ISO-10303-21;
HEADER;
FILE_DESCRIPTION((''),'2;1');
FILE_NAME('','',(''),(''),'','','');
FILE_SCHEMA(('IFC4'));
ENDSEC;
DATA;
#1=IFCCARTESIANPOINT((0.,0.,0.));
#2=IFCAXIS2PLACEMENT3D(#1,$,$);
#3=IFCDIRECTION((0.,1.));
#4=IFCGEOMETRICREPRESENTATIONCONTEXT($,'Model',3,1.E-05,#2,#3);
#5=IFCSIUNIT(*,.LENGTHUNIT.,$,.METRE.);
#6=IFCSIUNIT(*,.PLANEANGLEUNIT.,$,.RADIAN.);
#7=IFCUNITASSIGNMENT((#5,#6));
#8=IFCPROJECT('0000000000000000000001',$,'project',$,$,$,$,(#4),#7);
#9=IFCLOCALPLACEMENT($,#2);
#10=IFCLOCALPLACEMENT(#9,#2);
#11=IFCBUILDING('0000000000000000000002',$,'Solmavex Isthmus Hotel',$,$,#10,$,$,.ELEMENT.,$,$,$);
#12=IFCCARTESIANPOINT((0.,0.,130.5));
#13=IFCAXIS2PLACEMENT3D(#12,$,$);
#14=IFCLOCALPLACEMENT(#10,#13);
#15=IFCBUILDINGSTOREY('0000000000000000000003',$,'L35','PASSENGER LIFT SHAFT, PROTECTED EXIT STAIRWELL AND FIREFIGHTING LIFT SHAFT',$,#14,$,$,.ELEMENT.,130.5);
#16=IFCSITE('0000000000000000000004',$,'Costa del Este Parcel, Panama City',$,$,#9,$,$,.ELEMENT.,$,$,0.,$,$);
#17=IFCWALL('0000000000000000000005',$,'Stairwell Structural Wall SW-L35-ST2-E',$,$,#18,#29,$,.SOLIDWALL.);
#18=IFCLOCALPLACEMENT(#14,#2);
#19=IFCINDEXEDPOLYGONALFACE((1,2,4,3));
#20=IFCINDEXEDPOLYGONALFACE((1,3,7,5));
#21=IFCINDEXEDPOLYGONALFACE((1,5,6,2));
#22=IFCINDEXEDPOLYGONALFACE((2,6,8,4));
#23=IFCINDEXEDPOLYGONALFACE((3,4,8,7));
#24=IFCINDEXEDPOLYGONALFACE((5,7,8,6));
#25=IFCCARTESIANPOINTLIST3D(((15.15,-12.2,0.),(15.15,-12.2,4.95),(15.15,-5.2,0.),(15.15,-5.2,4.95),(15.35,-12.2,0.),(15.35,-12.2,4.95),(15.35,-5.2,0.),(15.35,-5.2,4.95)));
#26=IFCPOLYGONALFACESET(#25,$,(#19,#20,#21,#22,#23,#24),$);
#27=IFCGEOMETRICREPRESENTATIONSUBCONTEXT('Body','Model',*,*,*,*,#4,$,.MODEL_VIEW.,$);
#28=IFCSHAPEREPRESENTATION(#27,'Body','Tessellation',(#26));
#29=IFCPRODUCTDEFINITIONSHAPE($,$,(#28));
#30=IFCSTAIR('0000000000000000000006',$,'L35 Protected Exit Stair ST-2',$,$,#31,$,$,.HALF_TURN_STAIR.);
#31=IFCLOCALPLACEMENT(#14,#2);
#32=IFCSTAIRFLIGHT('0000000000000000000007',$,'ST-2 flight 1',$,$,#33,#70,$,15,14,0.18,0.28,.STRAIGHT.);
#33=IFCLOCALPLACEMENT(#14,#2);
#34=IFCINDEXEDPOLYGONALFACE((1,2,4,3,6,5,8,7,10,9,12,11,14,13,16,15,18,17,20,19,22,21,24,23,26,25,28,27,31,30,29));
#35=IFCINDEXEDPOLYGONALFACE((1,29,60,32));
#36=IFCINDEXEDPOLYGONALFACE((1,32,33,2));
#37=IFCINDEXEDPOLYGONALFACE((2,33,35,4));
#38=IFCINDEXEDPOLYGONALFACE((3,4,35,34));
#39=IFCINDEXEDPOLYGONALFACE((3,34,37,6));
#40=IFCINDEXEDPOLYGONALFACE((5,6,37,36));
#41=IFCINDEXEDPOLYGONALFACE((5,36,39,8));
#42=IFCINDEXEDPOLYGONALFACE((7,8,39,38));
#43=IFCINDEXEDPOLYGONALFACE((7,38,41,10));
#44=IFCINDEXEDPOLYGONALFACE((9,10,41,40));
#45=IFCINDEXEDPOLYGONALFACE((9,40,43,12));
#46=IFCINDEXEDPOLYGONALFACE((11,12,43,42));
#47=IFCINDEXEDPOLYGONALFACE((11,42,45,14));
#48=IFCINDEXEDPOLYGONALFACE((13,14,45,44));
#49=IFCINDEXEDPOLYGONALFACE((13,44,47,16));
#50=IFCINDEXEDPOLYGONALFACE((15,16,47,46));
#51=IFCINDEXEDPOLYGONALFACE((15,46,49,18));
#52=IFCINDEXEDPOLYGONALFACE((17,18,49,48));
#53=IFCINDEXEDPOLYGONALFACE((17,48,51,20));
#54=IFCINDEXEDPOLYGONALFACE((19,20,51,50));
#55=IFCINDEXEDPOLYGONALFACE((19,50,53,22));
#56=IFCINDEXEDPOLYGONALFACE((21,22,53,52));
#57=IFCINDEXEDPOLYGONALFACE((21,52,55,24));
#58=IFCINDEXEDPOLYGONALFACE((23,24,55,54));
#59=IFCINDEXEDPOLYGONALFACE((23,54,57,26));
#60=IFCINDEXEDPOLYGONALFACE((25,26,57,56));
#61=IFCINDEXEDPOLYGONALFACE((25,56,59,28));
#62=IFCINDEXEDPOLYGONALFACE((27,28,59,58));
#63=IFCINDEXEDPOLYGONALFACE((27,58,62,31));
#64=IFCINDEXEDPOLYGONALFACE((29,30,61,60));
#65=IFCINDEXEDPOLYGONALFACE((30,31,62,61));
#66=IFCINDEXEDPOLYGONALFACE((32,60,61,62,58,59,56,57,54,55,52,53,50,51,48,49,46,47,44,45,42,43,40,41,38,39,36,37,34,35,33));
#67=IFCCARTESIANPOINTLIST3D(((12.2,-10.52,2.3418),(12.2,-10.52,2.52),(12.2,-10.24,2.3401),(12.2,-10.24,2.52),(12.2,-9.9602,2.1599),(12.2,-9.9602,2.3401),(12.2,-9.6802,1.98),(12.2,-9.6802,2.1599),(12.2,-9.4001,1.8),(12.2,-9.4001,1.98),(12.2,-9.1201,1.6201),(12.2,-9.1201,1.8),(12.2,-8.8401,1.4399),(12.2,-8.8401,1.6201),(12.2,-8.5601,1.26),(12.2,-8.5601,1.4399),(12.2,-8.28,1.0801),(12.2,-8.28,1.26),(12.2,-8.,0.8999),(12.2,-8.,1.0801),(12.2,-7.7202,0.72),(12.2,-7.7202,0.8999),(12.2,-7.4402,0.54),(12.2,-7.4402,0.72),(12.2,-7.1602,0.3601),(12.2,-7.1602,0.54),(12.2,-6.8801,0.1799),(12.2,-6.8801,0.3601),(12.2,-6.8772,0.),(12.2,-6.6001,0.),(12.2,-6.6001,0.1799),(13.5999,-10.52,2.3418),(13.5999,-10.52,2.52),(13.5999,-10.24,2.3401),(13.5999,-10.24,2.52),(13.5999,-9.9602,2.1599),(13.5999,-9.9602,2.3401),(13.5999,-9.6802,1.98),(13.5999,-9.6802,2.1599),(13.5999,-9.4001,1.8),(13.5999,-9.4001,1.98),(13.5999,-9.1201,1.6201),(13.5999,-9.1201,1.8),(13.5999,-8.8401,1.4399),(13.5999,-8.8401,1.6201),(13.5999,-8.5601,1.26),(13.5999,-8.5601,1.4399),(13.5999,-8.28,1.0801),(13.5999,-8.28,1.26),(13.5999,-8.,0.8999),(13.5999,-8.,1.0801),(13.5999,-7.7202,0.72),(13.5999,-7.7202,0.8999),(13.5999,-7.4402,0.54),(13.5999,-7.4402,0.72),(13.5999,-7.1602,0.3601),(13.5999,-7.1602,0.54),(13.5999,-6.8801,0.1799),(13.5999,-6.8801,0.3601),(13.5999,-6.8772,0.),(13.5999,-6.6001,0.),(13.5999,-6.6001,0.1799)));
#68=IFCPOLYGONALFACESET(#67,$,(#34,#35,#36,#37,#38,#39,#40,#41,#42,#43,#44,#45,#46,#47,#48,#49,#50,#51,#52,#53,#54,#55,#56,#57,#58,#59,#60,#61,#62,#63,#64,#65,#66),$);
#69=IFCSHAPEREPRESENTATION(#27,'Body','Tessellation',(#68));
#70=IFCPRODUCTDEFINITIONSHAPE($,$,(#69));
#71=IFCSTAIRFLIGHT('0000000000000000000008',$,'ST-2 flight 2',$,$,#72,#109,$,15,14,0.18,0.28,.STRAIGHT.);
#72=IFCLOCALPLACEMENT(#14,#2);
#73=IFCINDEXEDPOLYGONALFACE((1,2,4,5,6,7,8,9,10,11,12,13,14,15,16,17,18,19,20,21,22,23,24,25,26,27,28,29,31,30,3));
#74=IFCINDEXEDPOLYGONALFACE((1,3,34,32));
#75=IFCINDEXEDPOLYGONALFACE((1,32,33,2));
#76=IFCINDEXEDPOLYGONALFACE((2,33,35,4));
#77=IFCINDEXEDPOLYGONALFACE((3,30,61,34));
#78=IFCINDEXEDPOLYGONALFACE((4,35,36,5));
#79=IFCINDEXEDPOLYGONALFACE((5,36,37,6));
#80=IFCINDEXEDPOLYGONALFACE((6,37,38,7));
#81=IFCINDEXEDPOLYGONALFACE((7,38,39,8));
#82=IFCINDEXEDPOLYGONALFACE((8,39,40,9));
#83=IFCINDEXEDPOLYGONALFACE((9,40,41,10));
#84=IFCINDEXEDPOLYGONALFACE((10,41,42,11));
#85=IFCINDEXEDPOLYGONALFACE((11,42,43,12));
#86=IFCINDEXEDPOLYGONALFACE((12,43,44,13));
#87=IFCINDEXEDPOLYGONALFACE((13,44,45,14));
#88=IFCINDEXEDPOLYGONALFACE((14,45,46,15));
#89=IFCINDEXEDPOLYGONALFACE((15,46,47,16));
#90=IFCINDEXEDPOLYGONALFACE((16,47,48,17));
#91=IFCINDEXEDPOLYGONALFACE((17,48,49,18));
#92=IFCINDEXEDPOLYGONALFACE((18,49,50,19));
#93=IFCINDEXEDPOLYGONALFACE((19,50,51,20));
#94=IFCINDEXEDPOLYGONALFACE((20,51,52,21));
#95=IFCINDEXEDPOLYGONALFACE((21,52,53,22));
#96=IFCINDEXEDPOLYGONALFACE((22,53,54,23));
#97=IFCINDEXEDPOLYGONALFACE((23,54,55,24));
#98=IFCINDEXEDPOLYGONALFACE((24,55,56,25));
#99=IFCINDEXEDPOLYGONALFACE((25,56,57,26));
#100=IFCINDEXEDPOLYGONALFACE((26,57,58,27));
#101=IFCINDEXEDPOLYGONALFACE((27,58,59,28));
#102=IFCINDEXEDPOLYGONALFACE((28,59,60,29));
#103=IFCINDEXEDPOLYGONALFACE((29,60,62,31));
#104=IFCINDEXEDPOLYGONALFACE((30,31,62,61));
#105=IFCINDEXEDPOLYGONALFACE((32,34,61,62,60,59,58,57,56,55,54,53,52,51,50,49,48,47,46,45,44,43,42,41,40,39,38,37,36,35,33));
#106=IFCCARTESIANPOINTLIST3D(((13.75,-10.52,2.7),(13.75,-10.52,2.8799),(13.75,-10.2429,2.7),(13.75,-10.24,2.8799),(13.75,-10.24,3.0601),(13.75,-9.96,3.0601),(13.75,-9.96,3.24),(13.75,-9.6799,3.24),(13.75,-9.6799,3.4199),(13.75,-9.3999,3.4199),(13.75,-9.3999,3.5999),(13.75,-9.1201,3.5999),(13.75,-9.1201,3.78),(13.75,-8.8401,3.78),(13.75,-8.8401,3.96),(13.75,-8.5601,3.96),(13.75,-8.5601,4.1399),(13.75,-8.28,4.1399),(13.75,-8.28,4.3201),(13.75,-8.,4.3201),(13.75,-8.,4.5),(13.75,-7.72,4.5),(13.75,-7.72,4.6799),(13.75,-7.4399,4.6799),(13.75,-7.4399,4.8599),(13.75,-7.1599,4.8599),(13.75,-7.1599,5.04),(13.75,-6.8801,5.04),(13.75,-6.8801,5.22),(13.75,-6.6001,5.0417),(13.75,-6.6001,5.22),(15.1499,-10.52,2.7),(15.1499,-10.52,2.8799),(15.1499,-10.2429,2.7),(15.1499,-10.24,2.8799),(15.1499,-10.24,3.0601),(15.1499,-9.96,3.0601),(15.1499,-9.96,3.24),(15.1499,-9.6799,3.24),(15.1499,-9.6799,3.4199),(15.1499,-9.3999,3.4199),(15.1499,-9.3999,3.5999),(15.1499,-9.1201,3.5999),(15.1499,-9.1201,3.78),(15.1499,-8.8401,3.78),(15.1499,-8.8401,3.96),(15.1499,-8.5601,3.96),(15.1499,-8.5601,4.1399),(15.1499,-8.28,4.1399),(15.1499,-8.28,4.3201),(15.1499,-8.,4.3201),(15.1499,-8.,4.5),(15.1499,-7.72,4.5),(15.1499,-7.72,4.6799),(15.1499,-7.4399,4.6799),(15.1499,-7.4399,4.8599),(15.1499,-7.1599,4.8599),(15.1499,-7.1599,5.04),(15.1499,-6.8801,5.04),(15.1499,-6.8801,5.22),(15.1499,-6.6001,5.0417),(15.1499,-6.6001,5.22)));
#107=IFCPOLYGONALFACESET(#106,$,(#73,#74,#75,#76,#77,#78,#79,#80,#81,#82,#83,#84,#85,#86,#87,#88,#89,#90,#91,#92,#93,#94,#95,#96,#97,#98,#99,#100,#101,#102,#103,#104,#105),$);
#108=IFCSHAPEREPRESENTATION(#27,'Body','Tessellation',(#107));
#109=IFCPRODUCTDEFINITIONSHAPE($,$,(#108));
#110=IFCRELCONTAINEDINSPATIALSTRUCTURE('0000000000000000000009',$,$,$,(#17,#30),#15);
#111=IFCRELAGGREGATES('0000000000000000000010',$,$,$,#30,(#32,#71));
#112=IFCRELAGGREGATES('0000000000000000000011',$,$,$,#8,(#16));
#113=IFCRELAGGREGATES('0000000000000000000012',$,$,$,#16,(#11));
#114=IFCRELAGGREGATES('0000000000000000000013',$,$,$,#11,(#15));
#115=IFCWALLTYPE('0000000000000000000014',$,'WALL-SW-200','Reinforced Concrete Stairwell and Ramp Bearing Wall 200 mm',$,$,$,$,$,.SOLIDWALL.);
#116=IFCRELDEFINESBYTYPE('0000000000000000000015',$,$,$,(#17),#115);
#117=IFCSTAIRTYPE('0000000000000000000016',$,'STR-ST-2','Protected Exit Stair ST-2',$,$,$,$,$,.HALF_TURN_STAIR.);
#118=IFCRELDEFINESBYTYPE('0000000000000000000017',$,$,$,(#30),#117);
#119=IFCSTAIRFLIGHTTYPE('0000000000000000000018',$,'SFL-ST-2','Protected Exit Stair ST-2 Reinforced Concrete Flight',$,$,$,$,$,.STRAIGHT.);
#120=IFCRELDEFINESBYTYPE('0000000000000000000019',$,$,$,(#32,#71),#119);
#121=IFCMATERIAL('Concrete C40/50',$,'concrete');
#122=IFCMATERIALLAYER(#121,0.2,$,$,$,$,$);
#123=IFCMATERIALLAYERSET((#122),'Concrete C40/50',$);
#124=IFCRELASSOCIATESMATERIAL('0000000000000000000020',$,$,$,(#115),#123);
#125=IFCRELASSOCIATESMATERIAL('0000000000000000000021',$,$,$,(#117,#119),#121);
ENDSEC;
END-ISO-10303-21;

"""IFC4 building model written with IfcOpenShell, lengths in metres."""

from ifc_helpers import new_model, si_unit, direction, frame, frame_2d, origin, place, context, subcontext, project, spatial, polyline, rectangle, outline, extrude, material, layer, layer_set, type_object, element, aggregate, save


model = new_model("IFC4")

# Units and contexts
model_context = context("Model", 3, precision=1e-05, world=origin(), true_north=direction((0.0, 1.0)))
body_context = subcontext(model_context, "Body", "Model", "MODEL_VIEW")
ifc_project = project(units=[si_unit("LENGTHUNIT", "METRE"), si_unit("PLANEANGLEUNIT", "RADIAN")], contexts=[model_context])

# Site, building, storey
site_placement = place(None, origin())
site = spatial("IfcSite", under=ifc_project, at=site_placement, Name="Costa del Este Parcel, Panama City", CompositionType="ELEMENT", RefElevation=0.0)
building_placement = place(site_placement, origin())
building = spatial("IfcBuilding", under=site, at=building_placement, Name="Solmavex Isthmus Hotel", CompositionType="ELEMENT")
storey_placement = place(building_placement, frame((0.0, 0.0, 130.5)))
storey = spatial("IfcBuildingStorey", under=building, at=storey_placement, Name="L35", Description="PASSENGER LIFT SHAFT, PROTECTED EXIT STAIRWELL AND FIREFIGHTING LIFT SHAFT", CompositionType="ELEMENT", Elevation=130.5)

# Shared definitions
ifc_material_1 = material(Name="Concrete C40/50", Category="concrete")

# Wall
ifc_layer_1 = layer(ifc_material_1, 0.2)
ifc_layer_set_1 = layer_set([ifc_layer_1], Name="Concrete C40/50")
wall_type_1 = type_object("IfcWallType", Name="WALL-SW-200", Description="Reinforced Concrete Stairwell and Ramp Bearing Wall 200 mm", PredefinedType="SOLIDWALL", material=ifc_layer_set_1)
wall_1_placement = place(storey_placement, frame((15.25, -12.2, 0.0), z_axis=(0.0, 0.0, 1.0), x_axis=(0.0, 1.0, 0.0)))
element("IfcWall", 1, at=wall_1_placement, inside=storey, type_object=wall_type_1, Name="Stairwell Structural Wall SW-L35-ST2-E", PredefinedType="SOLIDWALL", context=body_context, shape_type="SweptSolid", body=[
    extrude(rectangle(XDim=7.0, YDim=0.2, at=frame_2d((3.5, 0.0))), origin(), (0.0, 0.0, 1.0), 4.95),
])

# Stair, stair flights
stair_type = type_object("IfcStairType", Name="STR-ST-2", Description="Protected Exit Stair ST-2", PredefinedType="HALF_TURN_STAIR", material=ifc_material_1)
stair_placement = place(storey_placement, origin())
stair = element("IfcStair", 2, at=stair_placement, inside=storey, type_object=stair_type, Name="L35 Protected Exit Stair ST-2", PredefinedType="HALF_TURN_STAIR")
stair_flight_type = type_object("IfcStairFlightType", Name="SFL-ST-2", Description="Protected Exit Stair ST-2 Reinforced Concrete Flight", PredefinedType="STRAIGHT", material=ifc_material_1)
stair_flight_1_placement = place(storey_placement, frame((12.8999, -6.6001, 0.0), z_axis=(0.0, 0.0, 1.0), x_axis=(0.0, -1.0, 0.0)))
stair_flight_1 = element("IfcStairFlight", 3, at=stair_flight_1_placement, type_object=stair_flight_type, Name="ST-2 flight 1", NumberOfRisers=15, NumberOfTreads=14, PredefinedType="STRAIGHT", RiserHeight=0.18, TreadLength=0.28, context=body_context, shape_type="SweptSolid", body=[
    extrude(outline(polyline([(0.0, 0.0), (0.0, 0.1799), (0.28, 0.1799), (0.28, 0.3601), (0.5601, 0.3601), (0.5601, 0.54), (0.8401, 0.54), (0.8401, 0.72), (1.1201, 0.72), (1.1201, 0.8999), (1.3999, 0.8999), (1.3999, 1.0801), (1.6799, 1.0801), (1.6799, 1.26), (1.96, 1.26), (1.96, 1.4399), (2.24, 1.4399), (2.24, 1.6201), (2.52, 1.6201), (2.52, 1.8), (2.8, 1.8), (2.8, 1.98), (3.0801, 1.98), (3.0801, 2.1599), (3.3601, 2.1599), (3.3601, 2.3401), (3.6399, 2.3401), (3.6399, 2.52), (3.9199, 2.52), (3.9199, 2.7), (3.9199, 2.3418), (0.2771, 0.0), (0.0, 0.0)])), frame((0.0, 0.7, 0.0), z_axis=(0.0, -1.0, 0.0), x_axis=(1.0, 0.0, 0.0)), (0.0, 0.0, 1.0), 1.3999),
])
stair_flight_2_placement = place(storey_placement, frame((14.45, -10.52, 2.7), z_axis=(0.0, 0.0, 1.0), x_axis=(0.0, 1.0, 0.0)))
stair_flight_2 = element("IfcStairFlight", 4, at=stair_flight_2_placement, type_object=stair_flight_type, Name="ST-2 flight 2", NumberOfRisers=15, NumberOfTreads=14, PredefinedType="STRAIGHT", RiserHeight=0.18, TreadLength=0.28, context=body_context, shape_type="SweptSolid", body=[
    extrude(outline(polyline([(0.0, 0.0), (0.0, 0.1799), (0.28, 0.1799), (0.28, 0.3601), (0.5601, 0.3601), (0.5601, 0.54), (0.8401, 0.54), (0.8401, 0.72), (1.1201, 0.72), (1.1201, 0.8999), (1.3999, 0.8999), (1.3999, 1.0801), (1.6799, 1.0801), (1.6799, 1.26), (1.96, 1.26), (1.96, 1.4399), (2.24, 1.4399), (2.24, 1.6201), (2.52, 1.6201), (2.52, 1.8), (2.8, 1.8), (2.8, 1.98), (3.0801, 1.98), (3.0801, 2.1599), (3.3601, 2.1599), (3.3601, 2.3401), (3.6399, 2.3401), (3.6399, 2.52), (3.9199, 2.52), (3.9199, 2.7), (3.9199, 2.3418), (0.2771, 0.0), (0.0, 0.0)])), frame((0.0, 0.7, 0.0), z_axis=(0.0, -1.0, 0.0), x_axis=(1.0, 0.0, 0.0)), (0.0, 0.0, 1.0), 1.3999),
])
aggregate(stair, [stair_flight_1, stair_flight_2])

save(model, "model.ifc")
